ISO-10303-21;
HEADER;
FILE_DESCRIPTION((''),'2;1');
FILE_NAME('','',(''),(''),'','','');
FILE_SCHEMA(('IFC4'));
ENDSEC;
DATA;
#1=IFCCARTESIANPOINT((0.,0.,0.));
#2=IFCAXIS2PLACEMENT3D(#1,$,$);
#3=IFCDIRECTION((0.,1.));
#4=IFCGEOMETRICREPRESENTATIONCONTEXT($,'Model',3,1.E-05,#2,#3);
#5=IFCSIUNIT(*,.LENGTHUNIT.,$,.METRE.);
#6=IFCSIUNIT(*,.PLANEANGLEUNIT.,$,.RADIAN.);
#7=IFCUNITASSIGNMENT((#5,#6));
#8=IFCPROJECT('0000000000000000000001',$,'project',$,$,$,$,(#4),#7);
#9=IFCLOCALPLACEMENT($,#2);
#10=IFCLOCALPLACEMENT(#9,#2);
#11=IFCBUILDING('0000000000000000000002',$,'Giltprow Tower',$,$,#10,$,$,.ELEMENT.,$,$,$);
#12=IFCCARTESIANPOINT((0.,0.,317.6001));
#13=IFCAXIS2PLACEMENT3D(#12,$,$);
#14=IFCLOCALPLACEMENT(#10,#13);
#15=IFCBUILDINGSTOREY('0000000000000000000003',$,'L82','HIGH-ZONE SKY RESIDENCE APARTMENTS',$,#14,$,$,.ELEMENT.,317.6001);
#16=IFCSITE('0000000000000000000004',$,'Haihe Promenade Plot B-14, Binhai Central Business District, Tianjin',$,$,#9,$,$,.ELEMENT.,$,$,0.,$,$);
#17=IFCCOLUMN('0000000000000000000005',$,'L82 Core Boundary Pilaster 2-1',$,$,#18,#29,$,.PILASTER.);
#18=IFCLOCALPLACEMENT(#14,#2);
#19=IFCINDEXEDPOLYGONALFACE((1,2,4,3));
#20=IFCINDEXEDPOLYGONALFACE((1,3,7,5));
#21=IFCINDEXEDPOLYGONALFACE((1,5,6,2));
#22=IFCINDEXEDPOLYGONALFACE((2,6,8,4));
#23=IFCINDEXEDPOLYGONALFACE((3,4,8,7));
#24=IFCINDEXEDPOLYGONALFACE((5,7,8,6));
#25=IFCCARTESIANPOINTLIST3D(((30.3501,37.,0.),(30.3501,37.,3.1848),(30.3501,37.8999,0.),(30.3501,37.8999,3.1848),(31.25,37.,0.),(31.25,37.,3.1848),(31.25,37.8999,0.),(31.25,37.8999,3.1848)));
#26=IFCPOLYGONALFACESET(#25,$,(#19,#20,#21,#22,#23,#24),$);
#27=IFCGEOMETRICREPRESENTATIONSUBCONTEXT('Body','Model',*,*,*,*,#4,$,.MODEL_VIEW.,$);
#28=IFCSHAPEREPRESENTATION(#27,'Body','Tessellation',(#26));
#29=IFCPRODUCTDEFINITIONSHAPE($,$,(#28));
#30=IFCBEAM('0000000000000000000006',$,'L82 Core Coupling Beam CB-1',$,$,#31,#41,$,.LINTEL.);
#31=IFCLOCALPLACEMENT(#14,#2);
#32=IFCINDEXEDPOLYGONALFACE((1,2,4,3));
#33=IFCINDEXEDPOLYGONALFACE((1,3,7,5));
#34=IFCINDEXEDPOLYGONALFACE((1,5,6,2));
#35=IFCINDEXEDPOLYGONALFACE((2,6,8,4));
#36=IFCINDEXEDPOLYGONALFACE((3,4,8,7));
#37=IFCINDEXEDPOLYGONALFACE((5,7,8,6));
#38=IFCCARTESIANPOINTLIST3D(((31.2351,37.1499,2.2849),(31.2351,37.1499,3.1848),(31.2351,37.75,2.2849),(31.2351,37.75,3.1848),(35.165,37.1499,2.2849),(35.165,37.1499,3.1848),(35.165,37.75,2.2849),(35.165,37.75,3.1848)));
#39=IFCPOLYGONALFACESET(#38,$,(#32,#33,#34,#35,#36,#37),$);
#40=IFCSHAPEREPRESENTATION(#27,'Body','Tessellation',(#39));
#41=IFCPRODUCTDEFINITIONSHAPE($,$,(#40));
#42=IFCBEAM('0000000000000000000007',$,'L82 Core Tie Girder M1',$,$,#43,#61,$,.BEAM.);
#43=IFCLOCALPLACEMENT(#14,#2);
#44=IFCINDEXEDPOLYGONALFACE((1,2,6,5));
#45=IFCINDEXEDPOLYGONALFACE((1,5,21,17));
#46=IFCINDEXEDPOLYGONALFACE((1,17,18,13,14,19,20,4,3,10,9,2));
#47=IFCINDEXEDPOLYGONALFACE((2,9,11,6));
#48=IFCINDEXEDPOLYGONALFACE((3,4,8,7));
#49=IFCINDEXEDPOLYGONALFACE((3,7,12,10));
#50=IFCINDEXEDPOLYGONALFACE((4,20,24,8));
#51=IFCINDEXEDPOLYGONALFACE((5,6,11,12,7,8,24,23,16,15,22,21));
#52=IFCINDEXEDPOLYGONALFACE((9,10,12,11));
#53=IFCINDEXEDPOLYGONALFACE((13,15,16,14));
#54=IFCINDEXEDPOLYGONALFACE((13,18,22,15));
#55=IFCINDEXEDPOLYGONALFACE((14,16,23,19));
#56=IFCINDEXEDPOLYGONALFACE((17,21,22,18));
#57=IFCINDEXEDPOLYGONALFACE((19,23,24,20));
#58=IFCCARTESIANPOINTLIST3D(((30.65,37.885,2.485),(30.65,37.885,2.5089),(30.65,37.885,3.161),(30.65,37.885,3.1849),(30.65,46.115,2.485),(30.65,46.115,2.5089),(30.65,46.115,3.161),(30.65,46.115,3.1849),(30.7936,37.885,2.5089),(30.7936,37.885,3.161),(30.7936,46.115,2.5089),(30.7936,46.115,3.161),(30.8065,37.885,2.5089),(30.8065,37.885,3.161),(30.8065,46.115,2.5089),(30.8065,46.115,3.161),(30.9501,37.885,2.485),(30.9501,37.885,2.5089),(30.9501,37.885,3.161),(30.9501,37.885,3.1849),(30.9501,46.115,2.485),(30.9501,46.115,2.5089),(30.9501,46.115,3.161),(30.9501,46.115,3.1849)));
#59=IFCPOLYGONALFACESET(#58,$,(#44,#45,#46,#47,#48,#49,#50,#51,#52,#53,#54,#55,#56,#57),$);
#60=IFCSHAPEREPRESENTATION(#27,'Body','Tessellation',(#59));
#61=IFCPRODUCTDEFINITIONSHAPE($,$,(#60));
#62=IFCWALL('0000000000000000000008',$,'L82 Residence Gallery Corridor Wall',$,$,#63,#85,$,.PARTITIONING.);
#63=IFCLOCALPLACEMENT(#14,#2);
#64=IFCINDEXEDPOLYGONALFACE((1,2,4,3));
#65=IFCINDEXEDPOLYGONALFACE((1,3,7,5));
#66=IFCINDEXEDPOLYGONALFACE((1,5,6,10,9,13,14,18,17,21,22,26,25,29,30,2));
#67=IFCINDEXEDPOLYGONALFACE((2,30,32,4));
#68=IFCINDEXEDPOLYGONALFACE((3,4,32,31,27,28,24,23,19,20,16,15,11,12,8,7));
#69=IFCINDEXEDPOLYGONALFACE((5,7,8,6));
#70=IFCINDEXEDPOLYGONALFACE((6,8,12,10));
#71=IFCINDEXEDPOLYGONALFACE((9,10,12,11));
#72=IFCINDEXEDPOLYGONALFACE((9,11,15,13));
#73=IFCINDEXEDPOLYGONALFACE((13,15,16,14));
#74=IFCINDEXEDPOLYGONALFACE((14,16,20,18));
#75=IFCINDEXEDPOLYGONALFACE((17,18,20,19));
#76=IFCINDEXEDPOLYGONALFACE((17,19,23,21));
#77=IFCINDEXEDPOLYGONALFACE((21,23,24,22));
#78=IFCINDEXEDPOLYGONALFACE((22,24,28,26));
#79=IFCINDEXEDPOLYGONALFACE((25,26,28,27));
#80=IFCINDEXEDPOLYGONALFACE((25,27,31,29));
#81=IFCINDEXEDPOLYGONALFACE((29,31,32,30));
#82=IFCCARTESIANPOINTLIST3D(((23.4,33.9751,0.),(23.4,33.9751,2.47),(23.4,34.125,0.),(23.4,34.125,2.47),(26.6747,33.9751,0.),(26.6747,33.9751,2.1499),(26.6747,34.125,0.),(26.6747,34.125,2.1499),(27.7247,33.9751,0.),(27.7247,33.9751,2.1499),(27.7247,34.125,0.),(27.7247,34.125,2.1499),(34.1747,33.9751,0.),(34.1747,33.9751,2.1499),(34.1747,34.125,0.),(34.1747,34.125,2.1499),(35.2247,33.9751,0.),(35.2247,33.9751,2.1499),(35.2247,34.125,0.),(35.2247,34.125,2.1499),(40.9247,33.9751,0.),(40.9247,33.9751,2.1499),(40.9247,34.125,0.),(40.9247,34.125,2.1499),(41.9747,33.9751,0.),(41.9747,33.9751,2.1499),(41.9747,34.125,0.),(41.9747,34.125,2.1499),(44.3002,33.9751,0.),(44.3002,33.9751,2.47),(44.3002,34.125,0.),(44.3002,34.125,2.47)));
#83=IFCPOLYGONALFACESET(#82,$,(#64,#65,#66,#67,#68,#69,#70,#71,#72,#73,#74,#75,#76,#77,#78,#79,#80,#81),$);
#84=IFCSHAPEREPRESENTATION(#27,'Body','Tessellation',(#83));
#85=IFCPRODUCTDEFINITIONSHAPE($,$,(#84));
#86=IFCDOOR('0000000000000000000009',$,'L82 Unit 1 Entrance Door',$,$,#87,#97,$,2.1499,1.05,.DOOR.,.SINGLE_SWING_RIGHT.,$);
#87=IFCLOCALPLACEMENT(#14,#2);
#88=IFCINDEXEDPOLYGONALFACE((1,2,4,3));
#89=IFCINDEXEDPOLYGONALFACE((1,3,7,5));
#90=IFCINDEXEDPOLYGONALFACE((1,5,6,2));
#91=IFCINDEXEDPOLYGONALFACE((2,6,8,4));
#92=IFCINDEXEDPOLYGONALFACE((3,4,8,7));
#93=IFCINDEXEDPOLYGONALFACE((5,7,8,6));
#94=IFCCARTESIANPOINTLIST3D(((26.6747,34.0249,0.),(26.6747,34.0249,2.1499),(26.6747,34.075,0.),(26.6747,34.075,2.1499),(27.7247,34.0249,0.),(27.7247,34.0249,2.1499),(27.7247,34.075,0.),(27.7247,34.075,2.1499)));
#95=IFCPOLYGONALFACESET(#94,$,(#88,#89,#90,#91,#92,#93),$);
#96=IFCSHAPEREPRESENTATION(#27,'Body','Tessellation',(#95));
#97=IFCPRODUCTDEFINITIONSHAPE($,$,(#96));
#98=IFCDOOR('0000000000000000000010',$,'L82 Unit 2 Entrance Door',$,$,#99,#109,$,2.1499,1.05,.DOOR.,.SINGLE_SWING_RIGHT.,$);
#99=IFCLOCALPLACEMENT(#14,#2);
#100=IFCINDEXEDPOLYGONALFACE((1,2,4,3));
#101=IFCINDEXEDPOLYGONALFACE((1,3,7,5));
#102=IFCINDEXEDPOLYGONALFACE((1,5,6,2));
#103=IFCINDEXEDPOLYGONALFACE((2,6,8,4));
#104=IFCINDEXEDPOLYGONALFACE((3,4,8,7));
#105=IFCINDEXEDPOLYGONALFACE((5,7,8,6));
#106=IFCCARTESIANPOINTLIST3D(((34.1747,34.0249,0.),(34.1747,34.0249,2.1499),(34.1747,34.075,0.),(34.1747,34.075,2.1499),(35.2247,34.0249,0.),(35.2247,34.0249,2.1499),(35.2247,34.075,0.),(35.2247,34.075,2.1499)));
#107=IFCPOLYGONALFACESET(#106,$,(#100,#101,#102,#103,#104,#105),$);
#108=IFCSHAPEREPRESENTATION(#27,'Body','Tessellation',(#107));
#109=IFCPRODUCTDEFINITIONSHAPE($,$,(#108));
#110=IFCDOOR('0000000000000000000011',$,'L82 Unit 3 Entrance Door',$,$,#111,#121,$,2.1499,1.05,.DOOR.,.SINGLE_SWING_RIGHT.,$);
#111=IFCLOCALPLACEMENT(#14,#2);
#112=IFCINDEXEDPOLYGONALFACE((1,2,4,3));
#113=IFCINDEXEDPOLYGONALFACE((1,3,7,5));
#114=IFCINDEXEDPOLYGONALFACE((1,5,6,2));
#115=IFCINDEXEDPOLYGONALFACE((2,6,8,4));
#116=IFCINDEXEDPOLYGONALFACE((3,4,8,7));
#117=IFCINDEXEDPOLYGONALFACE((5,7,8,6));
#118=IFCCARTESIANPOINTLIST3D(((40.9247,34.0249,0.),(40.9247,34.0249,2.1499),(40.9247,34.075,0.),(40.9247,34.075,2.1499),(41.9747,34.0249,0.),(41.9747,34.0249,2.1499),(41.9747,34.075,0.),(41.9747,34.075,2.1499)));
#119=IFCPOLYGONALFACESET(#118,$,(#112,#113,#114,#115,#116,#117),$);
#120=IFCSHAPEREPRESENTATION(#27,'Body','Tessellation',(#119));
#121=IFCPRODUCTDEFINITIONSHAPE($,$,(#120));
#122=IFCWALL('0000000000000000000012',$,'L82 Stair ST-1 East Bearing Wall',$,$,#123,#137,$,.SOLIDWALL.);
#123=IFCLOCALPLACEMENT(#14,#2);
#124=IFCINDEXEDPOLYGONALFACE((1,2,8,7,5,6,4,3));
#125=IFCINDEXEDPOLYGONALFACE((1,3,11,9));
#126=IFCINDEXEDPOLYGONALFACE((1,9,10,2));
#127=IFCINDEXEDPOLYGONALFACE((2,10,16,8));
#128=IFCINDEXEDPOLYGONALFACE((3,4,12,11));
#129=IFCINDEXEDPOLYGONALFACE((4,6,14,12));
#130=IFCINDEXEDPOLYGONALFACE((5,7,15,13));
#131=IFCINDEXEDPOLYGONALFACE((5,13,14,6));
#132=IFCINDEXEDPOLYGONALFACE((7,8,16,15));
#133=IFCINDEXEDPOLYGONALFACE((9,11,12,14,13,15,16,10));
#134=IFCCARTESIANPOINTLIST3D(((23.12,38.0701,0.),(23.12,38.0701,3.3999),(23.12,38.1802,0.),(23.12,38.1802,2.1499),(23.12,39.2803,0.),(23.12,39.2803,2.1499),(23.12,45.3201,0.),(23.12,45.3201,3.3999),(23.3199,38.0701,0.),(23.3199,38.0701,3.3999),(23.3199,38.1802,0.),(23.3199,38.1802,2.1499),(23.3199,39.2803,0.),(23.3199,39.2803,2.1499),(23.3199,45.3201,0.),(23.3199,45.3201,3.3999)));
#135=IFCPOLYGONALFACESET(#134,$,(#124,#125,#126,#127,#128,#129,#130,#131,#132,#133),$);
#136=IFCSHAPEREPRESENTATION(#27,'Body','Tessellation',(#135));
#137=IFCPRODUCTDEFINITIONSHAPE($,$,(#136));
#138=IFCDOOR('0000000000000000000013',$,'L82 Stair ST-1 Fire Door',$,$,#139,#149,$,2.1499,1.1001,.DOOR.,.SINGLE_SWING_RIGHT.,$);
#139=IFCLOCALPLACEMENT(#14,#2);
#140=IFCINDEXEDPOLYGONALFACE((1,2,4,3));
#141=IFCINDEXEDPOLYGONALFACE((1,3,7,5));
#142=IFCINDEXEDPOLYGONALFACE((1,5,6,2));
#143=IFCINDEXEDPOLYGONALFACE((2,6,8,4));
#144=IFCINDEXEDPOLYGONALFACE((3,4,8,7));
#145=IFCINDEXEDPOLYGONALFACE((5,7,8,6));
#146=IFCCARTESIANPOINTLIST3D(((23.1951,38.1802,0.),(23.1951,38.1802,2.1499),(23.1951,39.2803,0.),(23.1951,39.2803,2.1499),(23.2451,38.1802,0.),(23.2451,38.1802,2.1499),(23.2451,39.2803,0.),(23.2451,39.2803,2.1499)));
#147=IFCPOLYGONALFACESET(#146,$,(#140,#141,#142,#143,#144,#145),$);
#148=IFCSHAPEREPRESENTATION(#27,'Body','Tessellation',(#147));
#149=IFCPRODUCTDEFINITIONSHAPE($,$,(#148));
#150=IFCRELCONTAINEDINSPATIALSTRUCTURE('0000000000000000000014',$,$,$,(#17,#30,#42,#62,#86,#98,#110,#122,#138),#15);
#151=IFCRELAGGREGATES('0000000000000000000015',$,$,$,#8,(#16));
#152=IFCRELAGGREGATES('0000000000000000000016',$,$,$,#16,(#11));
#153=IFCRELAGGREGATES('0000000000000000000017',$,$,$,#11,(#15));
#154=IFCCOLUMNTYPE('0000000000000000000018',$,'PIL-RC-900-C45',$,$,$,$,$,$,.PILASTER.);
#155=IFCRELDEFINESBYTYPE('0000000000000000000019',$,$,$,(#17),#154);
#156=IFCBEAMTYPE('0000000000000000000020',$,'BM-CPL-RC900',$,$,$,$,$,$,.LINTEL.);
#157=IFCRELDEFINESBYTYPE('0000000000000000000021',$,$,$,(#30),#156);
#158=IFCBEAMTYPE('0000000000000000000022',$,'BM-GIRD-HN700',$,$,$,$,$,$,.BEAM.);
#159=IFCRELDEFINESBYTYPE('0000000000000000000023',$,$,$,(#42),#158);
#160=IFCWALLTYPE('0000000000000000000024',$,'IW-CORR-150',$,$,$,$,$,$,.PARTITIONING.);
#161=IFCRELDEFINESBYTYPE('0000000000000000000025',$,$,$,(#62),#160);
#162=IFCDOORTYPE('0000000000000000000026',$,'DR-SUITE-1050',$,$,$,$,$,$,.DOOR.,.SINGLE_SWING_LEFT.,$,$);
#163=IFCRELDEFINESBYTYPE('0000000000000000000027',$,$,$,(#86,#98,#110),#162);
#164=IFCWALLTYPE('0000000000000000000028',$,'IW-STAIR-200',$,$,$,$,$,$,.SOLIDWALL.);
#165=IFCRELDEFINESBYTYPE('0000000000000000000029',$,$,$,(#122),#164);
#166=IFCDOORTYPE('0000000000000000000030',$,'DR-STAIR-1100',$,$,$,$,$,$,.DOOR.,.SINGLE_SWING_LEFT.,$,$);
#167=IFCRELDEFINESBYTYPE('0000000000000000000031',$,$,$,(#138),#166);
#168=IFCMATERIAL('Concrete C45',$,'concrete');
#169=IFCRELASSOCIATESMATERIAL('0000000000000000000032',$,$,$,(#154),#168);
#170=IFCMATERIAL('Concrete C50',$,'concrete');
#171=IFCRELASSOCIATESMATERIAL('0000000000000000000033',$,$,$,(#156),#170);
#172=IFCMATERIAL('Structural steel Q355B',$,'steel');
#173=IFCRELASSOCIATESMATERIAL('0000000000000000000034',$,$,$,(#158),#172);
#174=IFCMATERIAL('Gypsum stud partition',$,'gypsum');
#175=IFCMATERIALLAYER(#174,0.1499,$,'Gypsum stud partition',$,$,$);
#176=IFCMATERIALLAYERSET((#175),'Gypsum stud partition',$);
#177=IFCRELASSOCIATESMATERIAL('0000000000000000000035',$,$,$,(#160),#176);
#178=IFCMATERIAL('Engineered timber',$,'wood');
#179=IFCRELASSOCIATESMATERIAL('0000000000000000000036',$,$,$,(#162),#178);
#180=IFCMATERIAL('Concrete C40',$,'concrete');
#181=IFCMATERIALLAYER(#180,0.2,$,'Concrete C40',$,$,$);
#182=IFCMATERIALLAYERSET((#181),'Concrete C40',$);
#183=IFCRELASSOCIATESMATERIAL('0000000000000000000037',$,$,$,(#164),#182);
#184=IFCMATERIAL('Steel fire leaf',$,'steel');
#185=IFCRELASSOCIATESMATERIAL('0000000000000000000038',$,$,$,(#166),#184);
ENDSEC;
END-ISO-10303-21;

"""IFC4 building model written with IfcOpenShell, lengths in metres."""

from ifc_helpers import new_model, si_unit, direction, frame, frame_2d, origin, origin_2d, place, context, subcontext, project, spatial, rectangle, i_section, extrude, source, transform, mapped, material, layer, layer_set, material_profile, profile_set, type_object, element, fill, save


model = new_model("IFC4")

# Units and contexts
model_context = context("Model", 3, precision=1e-05, world=origin(), true_north=direction((0.0, 1.0)))
body_context = subcontext(model_context, "Body", "Model", "MODEL_VIEW")
ifc_project = project(units=[si_unit("LENGTHUNIT", "METRE"), si_unit("PLANEANGLEUNIT", "RADIAN")], contexts=[model_context])

# Site, building, storey
site_placement = place(None, origin())
site = spatial("IfcSite", under=ifc_project, at=site_placement, Name="Haihe Promenade Plot B-14, Binhai Central Business District, Tianjin", CompositionType="ELEMENT", RefElevation=0.0)
building_placement = place(site_placement, origin())
building = spatial("IfcBuilding", under=site, at=building_placement, Name="Giltprow Tower", CompositionType="ELEMENT")
storey_placement = place(building_placement, frame((0.0, 0.0, 317.6001)))
storey = spatial("IfcBuildingStorey", under=building, at=storey_placement, Name="L82", Description="HIGH-ZONE SKY RESIDENCE APARTMENTS", CompositionType="ELEMENT", Elevation=317.6001)

# Column
ifc_material_1 = material(Name="Concrete C45", Category="concrete")
ifc_material_profile_1 = material_profile(ifc_material_1, rectangle(XDim=0.8999, YDim=0.8999, at=origin_2d()), Name="RC 900x900")
ifc_profile_set_1 = profile_set([ifc_material_profile_1], Name="Concrete C45")
column_type = type_object("IfcColumnType", Name="PIL-RC-900-C45", PredefinedType="PILASTER", material=ifc_profile_set_1)
shared_shape_1 = source(origin(), body_context, "Body", "SweptSolid", [
    extrude(rectangle(XDim=0.8999, YDim=0.8999, at=origin_2d()), origin(), (0.0, 0.0, 1.0), 3.1848),
])
column_placement = place(storey_placement, frame((30.8, 37.45, 0.0), z_axis=(0.0, 0.0, 1.0), x_axis=(1.0, 0.0, 0.0)))
element("IfcColumn", 1, at=column_placement, inside=storey, type_object=column_type, Name="L82 Core Boundary Pilaster 2-1", PredefinedType="PILASTER", context=body_context, shape_type="MappedRepresentation", body=[
    mapped(shared_shape_1, transform((0.0, 0.0, 0.0), x_axis=(1.0, 0.0, 0.0), y_axis=(0.0, 1.0, 0.0), z_axis=(0.0, 0.0, 1.0), scale=1.0)),
])

# Beams
ifc_material_2 = material(Name="Concrete C50", Category="concrete")
ifc_material_profile_2 = material_profile(ifc_material_2, rectangle(XDim=0.6001, YDim=0.8999, at=origin_2d()), Name="RC 900x600")
ifc_profile_set_2 = profile_set([ifc_material_profile_2], Name="Concrete C50")
beam_type_1 = type_object("IfcBeamType", Name="BM-CPL-RC900", PredefinedType="LINTEL", material=ifc_profile_set_2)
shared_shape_2 = source(origin(), body_context, "Body", "SweptSolid", [
    extrude(rectangle(XDim=0.6001, YDim=0.8999, at=origin_2d()), origin(), (0.0, 0.0, 1.0), 3.9299),
])
beam_1_placement = place(storey_placement, frame((31.2351, 37.45, 2.7349), z_axis=(1.0, 0.0, 0.0), x_axis=(0.0, 1.0, 0.0)))
element("IfcBeam", 2, at=beam_1_placement, inside=storey, type_object=beam_type_1, Name="L82 Core Coupling Beam CB-1", PredefinedType="LINTEL", context=body_context, shape_type="MappedRepresentation", body=[
    mapped(shared_shape_2, transform((0.0, 0.0, 0.0), x_axis=(1.0, 0.0, 0.0), y_axis=(0.0, 1.0, 0.0), z_axis=(0.0, 0.0, 1.0), scale=1.0)),
])
ifc_material_3 = material(Name="Structural steel Q355B", Category="steel")
ifc_material_profile_3 = material_profile(ifc_material_3, i_section(OverallWidth=0.3, OverallDepth=0.7, WebThickness=0.0129, FlangeThickness=0.0239, at=origin_2d()), Name="HN 700x300x13x24")
ifc_profile_set_3 = profile_set([ifc_material_profile_3], Name="Structural steel Q355B")
beam_type_2 = type_object("IfcBeamType", Name="BM-GIRD-HN700", PredefinedType="BEAM", material=ifc_profile_set_3)
shared_shape_3 = source(origin(), body_context, "Body", "SweptSolid", [
    extrude(i_section(OverallWidth=0.3, OverallDepth=0.7, WebThickness=0.0129, FlangeThickness=0.0239, at=origin_2d()), origin(), (0.0, 0.0, 1.0), 8.23),
])
beam_2_placement = place(storey_placement, frame((30.8, 37.885, 2.835), z_axis=(0.0, 1.0, 0.0), x_axis=(-1.0, 0.0, 0.0)))
element("IfcBeam", 3, at=beam_2_placement, inside=storey, type_object=beam_type_2, Name="L82 Core Tie Girder M1", PredefinedType="BEAM", context=body_context, shape_type="MappedRepresentation", body=[
    mapped(shared_shape_3, transform((0.0, 0.0, 0.0), x_axis=(1.0, 0.0, 0.0), y_axis=(0.0, 1.0, 0.0), z_axis=(0.0, 0.0, 1.0), scale=1.0)),
])

# Wall, openings, doors
ifc_material_4 = material(Name="Gypsum stud partition", Category="gypsum")
ifc_layer_1 = layer(ifc_material_4, 0.1499, Name="Gypsum stud partition")
ifc_layer_set_1 = layer_set([ifc_layer_1], Name="Gypsum stud partition")
wall_type_1 = type_object("IfcWallType", Name="IW-CORR-150", PredefinedType="PARTITIONING", material=ifc_layer_set_1)
wall_1_placement = place(storey_placement, frame((23.3999, 34.05, 0.0), z_axis=(0.0, 0.0, 1.0), x_axis=(1.0, 0.0, 0.0)))
wall_1 = element("IfcWall", 4, at=wall_1_placement, inside=storey, type_object=wall_type_1, Name="L82 Residence Gallery Corridor Wall", PredefinedType="PARTITIONING", context=body_context, shape_type="SweptSolid", body=[
    extrude(rectangle(XDim=20.9001, YDim=0.1499, at=frame_2d((10.4502, 0.0))), origin(), (0.0, 0.0, 1.0), 2.47),
])
opening_1_placement = place(wall_1_placement, frame((3.2749, 0.0, 0.0)))
opening_1 = element("IfcOpeningElement", 5, at=opening_1_placement, cuts=wall_1, PredefinedType="OPENING", context=body_context, shape_type="SweptSolid", body=[
    extrude(rectangle(XDim=1.05, YDim=2.1499, at=frame_2d((0.5249, 1.075))), frame((0.0, 0.085, 0.0), z_axis=(0.0, -1.0, 0.0), x_axis=(1.0, 0.0, 0.0)), (0.0, 0.0, 1.0), 0.1699),
])
opening_2_placement = place(wall_1_placement, frame((10.7749, 0.0, 0.0)))
opening_2 = element("IfcOpeningElement", 6, at=opening_2_placement, cuts=wall_1, PredefinedType="OPENING", context=body_context, shape_type="SweptSolid", body=[
    extrude(rectangle(XDim=1.05, YDim=2.1499, at=frame_2d((0.5249, 1.075))), frame((0.0, 0.085, 0.0), z_axis=(0.0, -1.0, 0.0), x_axis=(1.0, 0.0, 0.0)), (0.0, 0.0, 1.0), 0.1699),
])
opening_3_placement = place(wall_1_placement, frame((17.5249, 0.0, 0.0)))
opening_3 = element("IfcOpeningElement", 7, at=opening_3_placement, cuts=wall_1, PredefinedType="OPENING", context=body_context, shape_type="SweptSolid", body=[
    extrude(rectangle(XDim=1.05, YDim=2.1499, at=frame_2d((0.5249, 1.075))), frame((0.0, 0.085, 0.0), z_axis=(0.0, -1.0, 0.0), x_axis=(1.0, 0.0, 0.0)), (0.0, 0.0, 1.0), 0.1699),
])
ifc_material_5 = material(Name="Engineered timber", Category="wood")
door_type_1 = type_object("IfcDoorType", Name="DR-SUITE-1050", OperationType="SINGLE_SWING_LEFT", PredefinedType="DOOR", material=ifc_material_5)
shared_shape_4 = source(origin(), body_context, "Body", "SweptSolid", [
    extrude(rectangle(XDim=1.05, YDim=2.1499, at=frame_2d((0.5249, 1.075))), frame((0.0, 0.0249, 0.0), z_axis=(0.0, -1.0, 0.0), x_axis=(1.0, 0.0, 0.0)), (0.0, 0.0, 1.0), 0.05),
])
door_1_placement = place(opening_1_placement, origin())
door_1 = element("IfcDoor", 8, at=door_1_placement, inside=storey, type_object=door_type_1, Name="L82 Unit 1 Entrance Door", OperationType="SINGLE_SWING_RIGHT", OverallHeight=2.1499, OverallWidth=1.05, PredefinedType="DOOR", context=body_context, shape_type="MappedRepresentation", body=[
    mapped(shared_shape_4, transform((0.0, 0.0, 0.0), x_axis=(1.0, 0.0, 0.0), y_axis=(0.0, 1.0, 0.0), z_axis=(0.0, 0.0, 1.0), scale=1.0)),
])
fill(opening_1, door_1)
door_2_placement = place(opening_2_placement, origin())
door_2 = element("IfcDoor", 9, at=door_2_placement, inside=storey, type_object=door_type_1, Name="L82 Unit 2 Entrance Door", OperationType="SINGLE_SWING_RIGHT", OverallHeight=2.1499, OverallWidth=1.05, PredefinedType="DOOR", context=body_context, shape_type="MappedRepresentation", body=[
    mapped(shared_shape_4, transform((0.0, 0.0, 0.0), x_axis=(1.0, 0.0, 0.0), y_axis=(0.0, 1.0, 0.0), z_axis=(0.0, 0.0, 1.0), scale=1.0)),
])
fill(opening_2, door_2)
door_3_placement = place(opening_3_placement, origin())
door_3 = element("IfcDoor", 10, at=door_3_placement, inside=storey, type_object=door_type_1, Name="L82 Unit 3 Entrance Door", OperationType="SINGLE_SWING_RIGHT", OverallHeight=2.1499, OverallWidth=1.05, PredefinedType="DOOR", context=body_context, shape_type="MappedRepresentation", body=[
    mapped(shared_shape_4, transform((0.0, 0.0, 0.0), x_axis=(1.0, 0.0, 0.0), y_axis=(0.0, 1.0, 0.0), z_axis=(0.0, 0.0, 1.0), scale=1.0)),
])
fill(opening_3, door_3)

# Wall, opening, door
ifc_material_6 = material(Name="Concrete C40", Category="concrete")
ifc_layer_2 = layer(ifc_material_6, 0.2, Name="Concrete C40")
ifc_layer_set_2 = layer_set([ifc_layer_2], Name="Concrete C40")
wall_type_2 = type_object("IfcWallType", Name="IW-STAIR-200", PredefinedType="SOLIDWALL", material=ifc_layer_set_2)
wall_2_placement = place(storey_placement, frame((23.22, 38.0701, 0.0), z_axis=(0.0, 0.0, 1.0), x_axis=(0.0, 1.0, 0.0)))
wall_2 = element("IfcWall", 11, at=wall_2_placement, inside=storey, type_object=wall_type_2, Name="L82 Stair ST-1 East Bearing Wall", PredefinedType="SOLIDWALL", context=body_context, shape_type="SweptSolid", body=[
    extrude(rectangle(XDim=7.25, YDim=0.2, at=frame_2d((3.625, 0.0))), origin(), (0.0, 0.0, 1.0), 3.3999),
])
opening_4_placement = place(wall_2_placement, frame((0.1101, 0.0, 0.0)))
opening_4 = element("IfcOpeningElement", 12, at=opening_4_placement, cuts=wall_2, PredefinedType="OPENING", context=body_context, shape_type="SweptSolid", body=[
    extrude(rectangle(XDim=1.1001, YDim=2.1499, at=frame_2d((0.55, 1.075))), frame((0.0, 0.1099, 0.0), z_axis=(0.0, -1.0, 0.0), x_axis=(1.0, 0.0, 0.0)), (0.0, 0.0, 1.0), 0.22),
])
ifc_material_7 = material(Name="Steel fire leaf", Category="steel")
door_type_2 = type_object("IfcDoorType", Name="DR-STAIR-1100", OperationType="SINGLE_SWING_LEFT", PredefinedType="DOOR", material=ifc_material_7)
shared_shape_5 = source(origin(), body_context, "Body", "SweptSolid", [
    extrude(rectangle(XDim=1.1001, YDim=2.1499, at=frame_2d((0.55, 1.075))), frame((0.0, 0.0249, 0.0), z_axis=(0.0, -1.0, 0.0), x_axis=(1.0, 0.0, 0.0)), (0.0, 0.0, 1.0), 0.05),
])
door_4_placement = place(opening_4_placement, origin())
door_4 = element("IfcDoor", 13, at=door_4_placement, inside=storey, type_object=door_type_2, Name="L82 Stair ST-1 Fire Door", OperationType="SINGLE_SWING_RIGHT", OverallHeight=2.1499, OverallWidth=1.1001, PredefinedType="DOOR", context=body_context, shape_type="MappedRepresentation", body=[
    mapped(shared_shape_5, transform((0.0, 0.0, 0.0), x_axis=(1.0, 0.0, 0.0), y_axis=(0.0, 1.0, 0.0), z_axis=(0.0, 0.0, 1.0), scale=1.0)),
])
fill(opening_4, door_4)

save(model, "model.ifc")
